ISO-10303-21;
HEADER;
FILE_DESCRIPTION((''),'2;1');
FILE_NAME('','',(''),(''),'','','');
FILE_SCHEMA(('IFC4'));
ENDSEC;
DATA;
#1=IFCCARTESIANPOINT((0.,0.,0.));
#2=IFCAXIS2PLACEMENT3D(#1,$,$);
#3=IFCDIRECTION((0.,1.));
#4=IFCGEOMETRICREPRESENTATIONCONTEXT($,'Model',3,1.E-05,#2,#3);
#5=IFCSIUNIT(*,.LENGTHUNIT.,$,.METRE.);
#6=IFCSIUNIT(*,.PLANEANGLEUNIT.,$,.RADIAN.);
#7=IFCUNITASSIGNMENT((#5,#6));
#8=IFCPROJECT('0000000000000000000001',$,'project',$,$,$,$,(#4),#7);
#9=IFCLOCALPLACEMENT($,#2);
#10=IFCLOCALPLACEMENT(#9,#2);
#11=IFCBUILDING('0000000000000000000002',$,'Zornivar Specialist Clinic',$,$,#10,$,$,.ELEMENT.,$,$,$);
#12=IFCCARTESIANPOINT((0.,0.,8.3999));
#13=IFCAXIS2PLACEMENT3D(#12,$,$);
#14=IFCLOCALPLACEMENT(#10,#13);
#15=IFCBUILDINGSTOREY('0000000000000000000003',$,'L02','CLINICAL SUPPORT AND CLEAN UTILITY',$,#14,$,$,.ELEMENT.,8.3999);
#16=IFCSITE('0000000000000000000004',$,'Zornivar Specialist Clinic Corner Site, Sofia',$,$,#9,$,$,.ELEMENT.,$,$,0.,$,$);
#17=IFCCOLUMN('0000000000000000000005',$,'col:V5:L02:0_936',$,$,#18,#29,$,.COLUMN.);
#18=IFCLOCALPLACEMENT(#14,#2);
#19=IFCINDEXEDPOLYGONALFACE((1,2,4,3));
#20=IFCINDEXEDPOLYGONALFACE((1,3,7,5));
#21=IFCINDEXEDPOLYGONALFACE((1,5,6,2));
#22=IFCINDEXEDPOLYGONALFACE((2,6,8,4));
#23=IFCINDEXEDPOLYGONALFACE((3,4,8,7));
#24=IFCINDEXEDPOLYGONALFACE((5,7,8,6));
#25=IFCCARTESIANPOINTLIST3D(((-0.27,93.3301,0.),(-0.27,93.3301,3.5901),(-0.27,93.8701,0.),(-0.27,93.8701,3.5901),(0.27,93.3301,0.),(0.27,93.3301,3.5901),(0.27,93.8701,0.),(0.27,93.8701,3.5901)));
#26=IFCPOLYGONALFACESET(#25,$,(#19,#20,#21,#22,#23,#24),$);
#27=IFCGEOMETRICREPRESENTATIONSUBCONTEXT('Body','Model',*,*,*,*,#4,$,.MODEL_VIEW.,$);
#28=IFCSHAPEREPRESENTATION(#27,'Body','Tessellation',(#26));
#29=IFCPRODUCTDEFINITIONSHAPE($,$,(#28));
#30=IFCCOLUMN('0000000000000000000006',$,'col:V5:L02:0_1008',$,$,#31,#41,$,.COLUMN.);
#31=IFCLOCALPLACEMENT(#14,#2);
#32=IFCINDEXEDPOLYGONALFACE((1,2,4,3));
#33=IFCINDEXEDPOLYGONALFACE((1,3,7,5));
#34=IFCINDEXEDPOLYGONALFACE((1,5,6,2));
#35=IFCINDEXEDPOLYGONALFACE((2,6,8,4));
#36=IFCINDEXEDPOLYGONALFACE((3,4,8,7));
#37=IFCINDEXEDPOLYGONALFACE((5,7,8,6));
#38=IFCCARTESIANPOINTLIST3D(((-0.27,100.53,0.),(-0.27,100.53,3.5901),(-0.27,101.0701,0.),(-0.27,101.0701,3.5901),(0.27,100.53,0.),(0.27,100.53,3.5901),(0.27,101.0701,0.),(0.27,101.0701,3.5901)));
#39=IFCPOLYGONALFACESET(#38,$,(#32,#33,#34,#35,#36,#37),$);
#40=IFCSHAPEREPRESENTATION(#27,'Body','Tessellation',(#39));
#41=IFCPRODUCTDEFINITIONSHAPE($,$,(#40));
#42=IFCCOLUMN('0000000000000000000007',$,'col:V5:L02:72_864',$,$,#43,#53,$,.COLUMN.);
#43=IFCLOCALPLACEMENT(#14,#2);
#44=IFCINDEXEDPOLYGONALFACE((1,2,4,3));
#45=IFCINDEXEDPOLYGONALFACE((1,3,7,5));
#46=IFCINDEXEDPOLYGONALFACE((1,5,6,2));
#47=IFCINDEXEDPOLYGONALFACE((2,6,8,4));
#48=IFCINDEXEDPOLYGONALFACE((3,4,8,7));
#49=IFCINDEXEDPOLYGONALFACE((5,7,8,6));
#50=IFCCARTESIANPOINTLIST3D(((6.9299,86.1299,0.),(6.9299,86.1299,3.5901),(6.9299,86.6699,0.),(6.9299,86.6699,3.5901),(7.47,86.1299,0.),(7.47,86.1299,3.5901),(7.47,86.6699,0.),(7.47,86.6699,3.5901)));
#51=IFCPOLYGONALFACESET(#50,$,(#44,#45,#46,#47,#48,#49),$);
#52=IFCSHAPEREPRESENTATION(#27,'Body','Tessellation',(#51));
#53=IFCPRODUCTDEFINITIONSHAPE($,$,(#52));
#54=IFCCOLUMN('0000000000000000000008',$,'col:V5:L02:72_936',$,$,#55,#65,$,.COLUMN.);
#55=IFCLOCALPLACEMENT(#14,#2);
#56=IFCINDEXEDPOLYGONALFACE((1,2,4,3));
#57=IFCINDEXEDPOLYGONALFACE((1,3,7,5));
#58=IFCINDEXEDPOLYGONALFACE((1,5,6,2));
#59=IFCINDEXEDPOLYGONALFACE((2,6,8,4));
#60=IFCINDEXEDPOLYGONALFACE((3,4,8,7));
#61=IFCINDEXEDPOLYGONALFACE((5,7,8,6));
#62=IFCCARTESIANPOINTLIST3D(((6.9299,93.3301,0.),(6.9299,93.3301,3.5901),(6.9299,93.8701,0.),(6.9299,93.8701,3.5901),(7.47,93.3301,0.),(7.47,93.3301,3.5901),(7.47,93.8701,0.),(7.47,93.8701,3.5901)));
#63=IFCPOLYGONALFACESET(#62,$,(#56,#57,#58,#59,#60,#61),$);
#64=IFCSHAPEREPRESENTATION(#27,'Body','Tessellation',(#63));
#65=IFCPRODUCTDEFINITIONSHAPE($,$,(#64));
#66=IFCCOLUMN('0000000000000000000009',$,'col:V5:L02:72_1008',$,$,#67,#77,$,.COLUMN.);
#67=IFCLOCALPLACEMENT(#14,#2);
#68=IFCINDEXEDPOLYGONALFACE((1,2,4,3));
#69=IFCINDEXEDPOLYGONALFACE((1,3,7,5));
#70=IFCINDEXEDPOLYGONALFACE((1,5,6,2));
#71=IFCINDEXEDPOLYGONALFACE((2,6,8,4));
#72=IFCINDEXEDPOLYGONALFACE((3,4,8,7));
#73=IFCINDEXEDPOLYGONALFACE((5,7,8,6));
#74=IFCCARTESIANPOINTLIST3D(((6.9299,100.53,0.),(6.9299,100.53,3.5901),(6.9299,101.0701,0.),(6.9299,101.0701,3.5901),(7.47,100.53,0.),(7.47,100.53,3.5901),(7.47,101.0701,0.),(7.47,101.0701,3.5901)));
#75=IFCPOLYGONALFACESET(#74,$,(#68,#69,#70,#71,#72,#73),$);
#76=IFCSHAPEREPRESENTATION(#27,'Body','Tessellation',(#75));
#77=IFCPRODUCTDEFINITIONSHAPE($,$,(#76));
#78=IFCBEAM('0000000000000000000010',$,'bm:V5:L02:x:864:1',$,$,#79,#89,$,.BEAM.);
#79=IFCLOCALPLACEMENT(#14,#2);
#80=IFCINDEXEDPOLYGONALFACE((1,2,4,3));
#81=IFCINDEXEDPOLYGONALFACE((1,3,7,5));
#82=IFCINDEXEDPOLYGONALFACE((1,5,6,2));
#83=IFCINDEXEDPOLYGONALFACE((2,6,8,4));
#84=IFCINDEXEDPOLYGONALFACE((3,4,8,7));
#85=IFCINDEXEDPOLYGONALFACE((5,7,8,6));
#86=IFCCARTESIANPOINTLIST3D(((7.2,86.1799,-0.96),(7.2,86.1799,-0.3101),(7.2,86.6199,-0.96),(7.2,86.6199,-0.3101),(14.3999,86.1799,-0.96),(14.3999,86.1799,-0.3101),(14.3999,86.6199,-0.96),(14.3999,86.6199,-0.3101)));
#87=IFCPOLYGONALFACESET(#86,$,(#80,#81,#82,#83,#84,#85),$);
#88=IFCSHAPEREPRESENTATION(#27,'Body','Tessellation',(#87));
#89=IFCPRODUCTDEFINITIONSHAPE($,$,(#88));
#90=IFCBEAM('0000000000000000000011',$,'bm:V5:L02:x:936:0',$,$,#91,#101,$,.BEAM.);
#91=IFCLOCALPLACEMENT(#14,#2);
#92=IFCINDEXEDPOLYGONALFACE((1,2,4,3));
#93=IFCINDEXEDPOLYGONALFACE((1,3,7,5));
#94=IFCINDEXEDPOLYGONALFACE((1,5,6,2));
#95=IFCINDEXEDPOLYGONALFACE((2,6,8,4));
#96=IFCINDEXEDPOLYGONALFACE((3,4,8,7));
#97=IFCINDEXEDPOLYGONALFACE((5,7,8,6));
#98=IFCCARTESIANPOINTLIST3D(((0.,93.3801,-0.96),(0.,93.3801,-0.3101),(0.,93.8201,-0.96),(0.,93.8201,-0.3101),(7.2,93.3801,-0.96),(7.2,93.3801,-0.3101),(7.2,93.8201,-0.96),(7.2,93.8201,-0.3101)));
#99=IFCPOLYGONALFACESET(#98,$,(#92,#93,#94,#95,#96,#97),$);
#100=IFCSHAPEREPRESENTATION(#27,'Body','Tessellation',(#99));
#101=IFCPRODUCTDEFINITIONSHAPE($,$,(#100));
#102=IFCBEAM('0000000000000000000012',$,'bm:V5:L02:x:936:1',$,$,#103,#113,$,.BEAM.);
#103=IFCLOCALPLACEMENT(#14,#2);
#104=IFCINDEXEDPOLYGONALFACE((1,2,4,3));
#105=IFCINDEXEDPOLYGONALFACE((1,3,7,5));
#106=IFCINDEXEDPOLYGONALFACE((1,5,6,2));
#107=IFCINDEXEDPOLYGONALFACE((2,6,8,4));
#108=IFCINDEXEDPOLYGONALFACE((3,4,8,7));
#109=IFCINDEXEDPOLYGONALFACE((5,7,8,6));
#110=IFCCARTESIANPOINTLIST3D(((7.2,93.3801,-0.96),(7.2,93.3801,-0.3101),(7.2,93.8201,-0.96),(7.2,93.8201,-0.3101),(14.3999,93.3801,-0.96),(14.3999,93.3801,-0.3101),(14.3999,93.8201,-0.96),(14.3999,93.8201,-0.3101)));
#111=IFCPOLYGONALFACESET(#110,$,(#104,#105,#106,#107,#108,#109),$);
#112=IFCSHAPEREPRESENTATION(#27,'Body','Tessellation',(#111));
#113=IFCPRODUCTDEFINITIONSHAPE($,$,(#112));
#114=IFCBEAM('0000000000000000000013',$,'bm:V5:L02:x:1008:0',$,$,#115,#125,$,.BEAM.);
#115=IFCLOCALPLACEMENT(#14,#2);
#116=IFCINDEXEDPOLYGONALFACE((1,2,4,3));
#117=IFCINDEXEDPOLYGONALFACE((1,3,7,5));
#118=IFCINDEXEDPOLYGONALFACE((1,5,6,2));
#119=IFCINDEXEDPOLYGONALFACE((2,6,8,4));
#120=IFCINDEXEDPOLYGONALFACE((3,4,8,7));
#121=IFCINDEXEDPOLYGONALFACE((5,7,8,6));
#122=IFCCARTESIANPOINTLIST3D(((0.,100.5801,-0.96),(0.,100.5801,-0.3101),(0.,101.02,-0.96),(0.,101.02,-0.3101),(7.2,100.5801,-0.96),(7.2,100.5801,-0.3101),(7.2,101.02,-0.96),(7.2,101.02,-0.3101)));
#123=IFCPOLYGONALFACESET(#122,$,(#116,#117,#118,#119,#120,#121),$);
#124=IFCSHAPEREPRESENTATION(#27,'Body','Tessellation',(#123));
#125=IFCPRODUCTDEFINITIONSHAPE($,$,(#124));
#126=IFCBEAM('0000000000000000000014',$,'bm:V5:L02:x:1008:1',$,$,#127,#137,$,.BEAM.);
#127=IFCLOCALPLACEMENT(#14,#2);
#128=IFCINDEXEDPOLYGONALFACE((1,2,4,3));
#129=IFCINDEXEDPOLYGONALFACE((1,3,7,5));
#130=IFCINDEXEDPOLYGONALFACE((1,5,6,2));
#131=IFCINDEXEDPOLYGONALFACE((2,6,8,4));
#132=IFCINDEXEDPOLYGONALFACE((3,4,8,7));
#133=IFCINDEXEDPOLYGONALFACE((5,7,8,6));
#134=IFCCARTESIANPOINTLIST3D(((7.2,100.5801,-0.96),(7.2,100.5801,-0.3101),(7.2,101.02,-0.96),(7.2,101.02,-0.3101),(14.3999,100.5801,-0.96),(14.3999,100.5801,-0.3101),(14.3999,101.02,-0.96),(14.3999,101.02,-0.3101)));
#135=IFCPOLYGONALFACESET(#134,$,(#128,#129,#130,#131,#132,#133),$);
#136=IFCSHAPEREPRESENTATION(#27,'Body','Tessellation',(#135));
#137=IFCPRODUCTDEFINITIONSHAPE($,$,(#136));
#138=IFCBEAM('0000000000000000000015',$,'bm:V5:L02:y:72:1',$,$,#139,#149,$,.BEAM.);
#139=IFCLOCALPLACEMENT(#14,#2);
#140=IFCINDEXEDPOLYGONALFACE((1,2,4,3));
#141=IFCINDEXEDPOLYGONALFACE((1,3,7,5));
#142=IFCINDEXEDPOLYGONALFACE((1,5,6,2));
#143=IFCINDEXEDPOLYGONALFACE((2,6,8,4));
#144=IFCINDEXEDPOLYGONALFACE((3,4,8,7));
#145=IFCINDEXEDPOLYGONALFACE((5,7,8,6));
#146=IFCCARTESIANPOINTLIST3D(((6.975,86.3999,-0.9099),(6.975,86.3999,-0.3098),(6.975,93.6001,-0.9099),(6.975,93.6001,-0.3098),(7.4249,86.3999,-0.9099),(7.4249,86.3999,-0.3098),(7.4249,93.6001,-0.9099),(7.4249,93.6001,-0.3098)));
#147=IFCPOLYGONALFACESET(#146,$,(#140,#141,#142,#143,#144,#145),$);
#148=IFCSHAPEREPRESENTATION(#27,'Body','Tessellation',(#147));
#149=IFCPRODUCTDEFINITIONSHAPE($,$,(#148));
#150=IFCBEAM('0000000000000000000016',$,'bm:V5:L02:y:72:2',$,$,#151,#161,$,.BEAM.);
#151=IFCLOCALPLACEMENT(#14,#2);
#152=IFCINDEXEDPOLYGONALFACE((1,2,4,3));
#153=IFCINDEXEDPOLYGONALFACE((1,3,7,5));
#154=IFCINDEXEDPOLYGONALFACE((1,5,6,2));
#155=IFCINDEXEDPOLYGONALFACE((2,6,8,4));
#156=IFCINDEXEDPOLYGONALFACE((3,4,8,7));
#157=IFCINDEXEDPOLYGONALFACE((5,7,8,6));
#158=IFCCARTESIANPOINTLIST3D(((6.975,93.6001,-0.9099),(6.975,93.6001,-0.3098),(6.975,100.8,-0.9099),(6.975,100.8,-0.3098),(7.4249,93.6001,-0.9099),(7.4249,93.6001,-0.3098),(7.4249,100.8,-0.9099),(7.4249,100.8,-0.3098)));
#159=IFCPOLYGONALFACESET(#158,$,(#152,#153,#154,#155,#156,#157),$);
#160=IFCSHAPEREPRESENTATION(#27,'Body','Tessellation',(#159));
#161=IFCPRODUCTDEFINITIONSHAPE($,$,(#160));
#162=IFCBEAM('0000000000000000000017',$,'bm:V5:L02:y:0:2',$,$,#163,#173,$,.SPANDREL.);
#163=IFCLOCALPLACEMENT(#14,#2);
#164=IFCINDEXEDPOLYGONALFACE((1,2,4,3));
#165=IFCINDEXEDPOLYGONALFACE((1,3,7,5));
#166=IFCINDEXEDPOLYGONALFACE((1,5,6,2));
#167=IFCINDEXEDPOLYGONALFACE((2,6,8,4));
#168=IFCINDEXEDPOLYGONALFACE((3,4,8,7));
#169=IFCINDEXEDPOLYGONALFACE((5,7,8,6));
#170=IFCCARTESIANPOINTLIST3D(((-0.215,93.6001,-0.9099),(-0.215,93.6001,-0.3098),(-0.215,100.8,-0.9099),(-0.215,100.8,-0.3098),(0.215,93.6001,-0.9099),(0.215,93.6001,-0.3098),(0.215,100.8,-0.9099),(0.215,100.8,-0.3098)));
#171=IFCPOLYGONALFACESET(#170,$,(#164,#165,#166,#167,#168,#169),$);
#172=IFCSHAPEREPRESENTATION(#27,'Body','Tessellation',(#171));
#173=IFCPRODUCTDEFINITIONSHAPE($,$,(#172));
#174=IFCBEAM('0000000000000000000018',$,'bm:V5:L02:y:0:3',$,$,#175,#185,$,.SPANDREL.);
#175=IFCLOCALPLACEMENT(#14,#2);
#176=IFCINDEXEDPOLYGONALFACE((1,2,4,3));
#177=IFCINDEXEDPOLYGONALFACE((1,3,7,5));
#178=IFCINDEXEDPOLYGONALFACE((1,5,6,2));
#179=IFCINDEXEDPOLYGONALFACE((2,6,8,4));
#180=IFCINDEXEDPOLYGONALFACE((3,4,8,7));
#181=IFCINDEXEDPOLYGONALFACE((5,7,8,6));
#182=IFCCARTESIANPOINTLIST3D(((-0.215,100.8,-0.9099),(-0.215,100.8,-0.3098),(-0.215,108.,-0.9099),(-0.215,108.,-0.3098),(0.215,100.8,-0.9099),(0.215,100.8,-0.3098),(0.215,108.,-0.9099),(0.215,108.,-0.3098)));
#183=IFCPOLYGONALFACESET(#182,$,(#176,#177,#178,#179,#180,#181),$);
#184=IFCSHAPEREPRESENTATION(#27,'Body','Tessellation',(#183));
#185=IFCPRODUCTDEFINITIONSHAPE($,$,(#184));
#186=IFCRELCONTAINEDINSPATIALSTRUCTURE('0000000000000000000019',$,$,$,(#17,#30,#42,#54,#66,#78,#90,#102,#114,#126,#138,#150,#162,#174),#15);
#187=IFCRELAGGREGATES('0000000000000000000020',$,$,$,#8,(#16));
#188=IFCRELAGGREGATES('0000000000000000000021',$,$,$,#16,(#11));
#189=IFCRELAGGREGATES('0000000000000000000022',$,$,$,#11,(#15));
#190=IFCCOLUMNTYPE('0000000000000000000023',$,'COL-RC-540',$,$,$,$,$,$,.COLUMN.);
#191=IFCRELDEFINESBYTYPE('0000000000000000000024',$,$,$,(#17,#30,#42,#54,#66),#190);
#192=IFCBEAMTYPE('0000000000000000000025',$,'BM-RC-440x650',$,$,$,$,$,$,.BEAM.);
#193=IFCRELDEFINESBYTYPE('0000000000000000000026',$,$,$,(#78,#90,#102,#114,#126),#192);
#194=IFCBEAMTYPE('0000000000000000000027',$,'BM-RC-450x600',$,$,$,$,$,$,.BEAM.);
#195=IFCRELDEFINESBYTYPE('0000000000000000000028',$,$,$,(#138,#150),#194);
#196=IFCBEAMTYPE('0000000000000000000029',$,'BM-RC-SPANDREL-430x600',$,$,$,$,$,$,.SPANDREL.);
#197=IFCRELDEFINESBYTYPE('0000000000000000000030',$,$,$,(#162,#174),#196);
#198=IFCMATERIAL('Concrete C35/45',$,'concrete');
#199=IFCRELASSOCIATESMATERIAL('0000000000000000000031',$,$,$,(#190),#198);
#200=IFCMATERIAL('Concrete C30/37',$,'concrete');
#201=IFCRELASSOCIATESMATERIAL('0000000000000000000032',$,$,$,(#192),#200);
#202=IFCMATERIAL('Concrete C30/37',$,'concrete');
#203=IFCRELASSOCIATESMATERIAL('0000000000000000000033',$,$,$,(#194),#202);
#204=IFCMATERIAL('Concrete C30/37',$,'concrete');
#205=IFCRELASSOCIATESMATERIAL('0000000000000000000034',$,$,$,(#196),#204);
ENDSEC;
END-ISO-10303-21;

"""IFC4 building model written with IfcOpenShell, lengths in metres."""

from ifc_helpers import new_model, si_unit, direction, frame, origin, origin_2d, place, context, subcontext, project, spatial, rectangle, extrude, material, material_profile, profile_set, type_object, element, save


model = new_model("IFC4")

# Units and contexts
model_context = context("Model", 3, precision=1e-05, world=origin(), true_north=direction((0.0, 1.0)))
body_context = subcontext(model_context, "Body", "Model", "MODEL_VIEW")
ifc_project = project(units=[si_unit("LENGTHUNIT", "METRE"), si_unit("PLANEANGLEUNIT", "RADIAN")], contexts=[model_context])

# Site, building, storey
site_placement = place(None, origin())
site = spatial("IfcSite", under=ifc_project, at=site_placement, Name="Zornivar Specialist Clinic Corner Site, Sofia", CompositionType="ELEMENT", RefElevation=0.0)
building_placement = place(site_placement, origin())
building = spatial("IfcBuilding", under=site, at=building_placement, Name="Zornivar Specialist Clinic", CompositionType="ELEMENT")
storey_placement = place(building_placement, frame((0.0, 0.0, 8.3999)))
storey = spatial("IfcBuildingStorey", under=building, at=storey_placement, Name="L02", Description="CLINICAL SUPPORT AND CLEAN UTILITY", CompositionType="ELEMENT", Elevation=8.3999)

# Columns
ifc_material_1 = material(Name="Concrete C35/45", Category="concrete")
ifc_material_profile_1 = material_profile(ifc_material_1, rectangle(XDim=0.54, YDim=0.54, at=origin_2d()), Name="RC 540x540")
ifc_profile_set_1 = profile_set([ifc_material_profile_1], Name="Concrete C35/45")
column_type = type_object("IfcColumnType", Name="COL-RC-540", PredefinedType="COLUMN", material=ifc_profile_set_1)
for number, where, z_axis, x_axis, name in (
    (1, (0.0, 93.6001, 0.0), (0.0, 0.0, 1.0), (1.0, 0.0, 0.0), "col:V5:L02:0_936"),
    (2, (0.0, 100.8, 0.0), (0.0, 0.0, 1.0), (1.0, 0.0, 0.0), "col:V5:L02:0_1008"),
    (3, (7.2, 86.3999, 0.0), (0.0, 0.0, 1.0), (1.0, 0.0, 0.0), "col:V5:L02:72_864"),
    (4, (7.2, 93.6001, 0.0), (0.0, 0.0, 1.0), (1.0, 0.0, 0.0), "col:V5:L02:72_936"),
    (5, (7.2, 100.8, 0.0), (0.0, 0.0, 1.0), (1.0, 0.0, 0.0), "col:V5:L02:72_1008"),
):
    element("IfcColumn", number, at=place(storey_placement, frame(where, z_axis=z_axis, x_axis=x_axis)), inside=storey, type_object=column_type, Name=name, PredefinedType="COLUMN", context=body_context, shape_type="SweptSolid", body=[
        extrude(rectangle(XDim=0.54, YDim=0.54, at=origin_2d()), origin(), (0.0, 0.0, 1.0), 3.5901),
    ])

# Beams
ifc_material_2 = material(Name="Concrete C30/37", Category="concrete")
ifc_material_profile_2 = material_profile(ifc_material_2, rectangle(XDim=0.4399, YDim=0.6499, at=origin_2d()), Name="RC 440x650")
ifc_profile_set_2 = profile_set([ifc_material_profile_2], Name="Concrete C30/37")
beam_type_1 = type_object("IfcBeamType", Name="BM-RC-440x650", PredefinedType="BEAM", material=ifc_profile_set_2)
for number, where, z_axis, x_axis, name in (
    (6, (7.2, 86.3999, -0.635), (1.0, 0.0, 0.0), (0.0, 1.0, 0.0), "bm:V5:L02:x:864:1"),
    (7, (0.0, 93.6001, -0.635), (1.0, 0.0, 0.0), (0.0, 1.0, 0.0), "bm:V5:L02:x:936:0"),
    (8, (7.2, 93.6001, -0.635), (1.0, 0.0, 0.0), (0.0, 1.0, 0.0), "bm:V5:L02:x:936:1"),
    (9, (0.0, 100.8, -0.635), (1.0, 0.0, 0.0), (0.0, 1.0, 0.0), "bm:V5:L02:x:1008:0"),
    (10, (7.2, 100.8, -0.635), (1.0, 0.0, 0.0), (0.0, 1.0, 0.0), "bm:V5:L02:x:1008:1"),
):
    element("IfcBeam", number, at=place(storey_placement, frame(where, z_axis=z_axis, x_axis=x_axis)), inside=storey, type_object=beam_type_1, Name=name, PredefinedType="BEAM", context=body_context, shape_type="SweptSolid", body=[
        extrude(rectangle(XDim=0.4399, YDim=0.6499, at=origin_2d()), origin(), (0.0, 0.0, 1.0), 7.2),
    ])
ifc_material_3 = material(Name="Concrete C30/37", Category="concrete")
ifc_material_profile_3 = material_profile(ifc_material_3, rectangle(XDim=0.45, YDim=0.6001, at=origin_2d()), Name="RC 450x600")
ifc_profile_set_3 = profile_set([ifc_material_profile_3], Name="Concrete C30/37")
beam_type_2 = type_object("IfcBeamType", Name="BM-RC-450x600", PredefinedType="BEAM", material=ifc_profile_set_3)
beam_1_placement = place(storey_placement, frame((7.2, 86.3999, -0.6099), z_axis=(0.0, 1.0, 0.0), x_axis=(-1.0, 0.0, 0.0)))
element("IfcBeam", 11, at=beam_1_placement, inside=storey, type_object=beam_type_2, Name="bm:V5:L02:y:72:1", PredefinedType="BEAM", context=body_context, shape_type="SweptSolid", body=[
    extrude(rectangle(XDim=0.45, YDim=0.6001, at=origin_2d()), origin(), (0.0, 0.0, 1.0), 7.2002),
])
beam_2_placement = place(storey_placement, frame((7.2, 93.6001, -0.6099), z_axis=(0.0, 1.0, 0.0), x_axis=(-1.0, 0.0, 0.0)))
element("IfcBeam", 12, at=beam_2_placement, inside=storey, type_object=beam_type_2, Name="bm:V5:L02:y:72:2", PredefinedType="BEAM", context=body_context, shape_type="SweptSolid", body=[
    extrude(rectangle(XDim=0.45, YDim=0.6001, at=origin_2d()), origin(), (0.0, 0.0, 1.0), 7.2),
])
ifc_material_4 = material(Name="Concrete C30/37", Category="concrete")
ifc_material_profile_4 = material_profile(ifc_material_4, rectangle(XDim=0.4299, YDim=0.6001, at=origin_2d()), Name="RC 430x600")
ifc_profile_set_4 = profile_set([ifc_material_profile_4], Name="Concrete C30/37")
beam_type_3 = type_object("IfcBeamType", Name="BM-RC-SPANDREL-430x600", PredefinedType="SPANDREL", material=ifc_profile_set_4)
for number, where, z_axis, x_axis, name in (
    (13, (0.0, 93.6001, -0.6099), (0.0, 1.0, 0.0), (-1.0, 0.0, 0.0), "bm:V5:L02:y:0:2"),
    (14, (0.0, 100.8, -0.6099), (0.0, 1.0, 0.0), (-1.0, 0.0, 0.0), "bm:V5:L02:y:0:3"),
):
    element("IfcBeam", number, at=place(storey_placement, frame(where, z_axis=z_axis, x_axis=x_axis)), inside=storey, type_object=beam_type_3, Name=name, PredefinedType="SPANDREL", context=body_context, shape_type="SweptSolid", body=[
        extrude(rectangle(XDim=0.4299, YDim=0.6001, at=origin_2d()), origin(), (0.0, 0.0, 1.0), 7.2),
    ])

save(model, "model.ifc")
